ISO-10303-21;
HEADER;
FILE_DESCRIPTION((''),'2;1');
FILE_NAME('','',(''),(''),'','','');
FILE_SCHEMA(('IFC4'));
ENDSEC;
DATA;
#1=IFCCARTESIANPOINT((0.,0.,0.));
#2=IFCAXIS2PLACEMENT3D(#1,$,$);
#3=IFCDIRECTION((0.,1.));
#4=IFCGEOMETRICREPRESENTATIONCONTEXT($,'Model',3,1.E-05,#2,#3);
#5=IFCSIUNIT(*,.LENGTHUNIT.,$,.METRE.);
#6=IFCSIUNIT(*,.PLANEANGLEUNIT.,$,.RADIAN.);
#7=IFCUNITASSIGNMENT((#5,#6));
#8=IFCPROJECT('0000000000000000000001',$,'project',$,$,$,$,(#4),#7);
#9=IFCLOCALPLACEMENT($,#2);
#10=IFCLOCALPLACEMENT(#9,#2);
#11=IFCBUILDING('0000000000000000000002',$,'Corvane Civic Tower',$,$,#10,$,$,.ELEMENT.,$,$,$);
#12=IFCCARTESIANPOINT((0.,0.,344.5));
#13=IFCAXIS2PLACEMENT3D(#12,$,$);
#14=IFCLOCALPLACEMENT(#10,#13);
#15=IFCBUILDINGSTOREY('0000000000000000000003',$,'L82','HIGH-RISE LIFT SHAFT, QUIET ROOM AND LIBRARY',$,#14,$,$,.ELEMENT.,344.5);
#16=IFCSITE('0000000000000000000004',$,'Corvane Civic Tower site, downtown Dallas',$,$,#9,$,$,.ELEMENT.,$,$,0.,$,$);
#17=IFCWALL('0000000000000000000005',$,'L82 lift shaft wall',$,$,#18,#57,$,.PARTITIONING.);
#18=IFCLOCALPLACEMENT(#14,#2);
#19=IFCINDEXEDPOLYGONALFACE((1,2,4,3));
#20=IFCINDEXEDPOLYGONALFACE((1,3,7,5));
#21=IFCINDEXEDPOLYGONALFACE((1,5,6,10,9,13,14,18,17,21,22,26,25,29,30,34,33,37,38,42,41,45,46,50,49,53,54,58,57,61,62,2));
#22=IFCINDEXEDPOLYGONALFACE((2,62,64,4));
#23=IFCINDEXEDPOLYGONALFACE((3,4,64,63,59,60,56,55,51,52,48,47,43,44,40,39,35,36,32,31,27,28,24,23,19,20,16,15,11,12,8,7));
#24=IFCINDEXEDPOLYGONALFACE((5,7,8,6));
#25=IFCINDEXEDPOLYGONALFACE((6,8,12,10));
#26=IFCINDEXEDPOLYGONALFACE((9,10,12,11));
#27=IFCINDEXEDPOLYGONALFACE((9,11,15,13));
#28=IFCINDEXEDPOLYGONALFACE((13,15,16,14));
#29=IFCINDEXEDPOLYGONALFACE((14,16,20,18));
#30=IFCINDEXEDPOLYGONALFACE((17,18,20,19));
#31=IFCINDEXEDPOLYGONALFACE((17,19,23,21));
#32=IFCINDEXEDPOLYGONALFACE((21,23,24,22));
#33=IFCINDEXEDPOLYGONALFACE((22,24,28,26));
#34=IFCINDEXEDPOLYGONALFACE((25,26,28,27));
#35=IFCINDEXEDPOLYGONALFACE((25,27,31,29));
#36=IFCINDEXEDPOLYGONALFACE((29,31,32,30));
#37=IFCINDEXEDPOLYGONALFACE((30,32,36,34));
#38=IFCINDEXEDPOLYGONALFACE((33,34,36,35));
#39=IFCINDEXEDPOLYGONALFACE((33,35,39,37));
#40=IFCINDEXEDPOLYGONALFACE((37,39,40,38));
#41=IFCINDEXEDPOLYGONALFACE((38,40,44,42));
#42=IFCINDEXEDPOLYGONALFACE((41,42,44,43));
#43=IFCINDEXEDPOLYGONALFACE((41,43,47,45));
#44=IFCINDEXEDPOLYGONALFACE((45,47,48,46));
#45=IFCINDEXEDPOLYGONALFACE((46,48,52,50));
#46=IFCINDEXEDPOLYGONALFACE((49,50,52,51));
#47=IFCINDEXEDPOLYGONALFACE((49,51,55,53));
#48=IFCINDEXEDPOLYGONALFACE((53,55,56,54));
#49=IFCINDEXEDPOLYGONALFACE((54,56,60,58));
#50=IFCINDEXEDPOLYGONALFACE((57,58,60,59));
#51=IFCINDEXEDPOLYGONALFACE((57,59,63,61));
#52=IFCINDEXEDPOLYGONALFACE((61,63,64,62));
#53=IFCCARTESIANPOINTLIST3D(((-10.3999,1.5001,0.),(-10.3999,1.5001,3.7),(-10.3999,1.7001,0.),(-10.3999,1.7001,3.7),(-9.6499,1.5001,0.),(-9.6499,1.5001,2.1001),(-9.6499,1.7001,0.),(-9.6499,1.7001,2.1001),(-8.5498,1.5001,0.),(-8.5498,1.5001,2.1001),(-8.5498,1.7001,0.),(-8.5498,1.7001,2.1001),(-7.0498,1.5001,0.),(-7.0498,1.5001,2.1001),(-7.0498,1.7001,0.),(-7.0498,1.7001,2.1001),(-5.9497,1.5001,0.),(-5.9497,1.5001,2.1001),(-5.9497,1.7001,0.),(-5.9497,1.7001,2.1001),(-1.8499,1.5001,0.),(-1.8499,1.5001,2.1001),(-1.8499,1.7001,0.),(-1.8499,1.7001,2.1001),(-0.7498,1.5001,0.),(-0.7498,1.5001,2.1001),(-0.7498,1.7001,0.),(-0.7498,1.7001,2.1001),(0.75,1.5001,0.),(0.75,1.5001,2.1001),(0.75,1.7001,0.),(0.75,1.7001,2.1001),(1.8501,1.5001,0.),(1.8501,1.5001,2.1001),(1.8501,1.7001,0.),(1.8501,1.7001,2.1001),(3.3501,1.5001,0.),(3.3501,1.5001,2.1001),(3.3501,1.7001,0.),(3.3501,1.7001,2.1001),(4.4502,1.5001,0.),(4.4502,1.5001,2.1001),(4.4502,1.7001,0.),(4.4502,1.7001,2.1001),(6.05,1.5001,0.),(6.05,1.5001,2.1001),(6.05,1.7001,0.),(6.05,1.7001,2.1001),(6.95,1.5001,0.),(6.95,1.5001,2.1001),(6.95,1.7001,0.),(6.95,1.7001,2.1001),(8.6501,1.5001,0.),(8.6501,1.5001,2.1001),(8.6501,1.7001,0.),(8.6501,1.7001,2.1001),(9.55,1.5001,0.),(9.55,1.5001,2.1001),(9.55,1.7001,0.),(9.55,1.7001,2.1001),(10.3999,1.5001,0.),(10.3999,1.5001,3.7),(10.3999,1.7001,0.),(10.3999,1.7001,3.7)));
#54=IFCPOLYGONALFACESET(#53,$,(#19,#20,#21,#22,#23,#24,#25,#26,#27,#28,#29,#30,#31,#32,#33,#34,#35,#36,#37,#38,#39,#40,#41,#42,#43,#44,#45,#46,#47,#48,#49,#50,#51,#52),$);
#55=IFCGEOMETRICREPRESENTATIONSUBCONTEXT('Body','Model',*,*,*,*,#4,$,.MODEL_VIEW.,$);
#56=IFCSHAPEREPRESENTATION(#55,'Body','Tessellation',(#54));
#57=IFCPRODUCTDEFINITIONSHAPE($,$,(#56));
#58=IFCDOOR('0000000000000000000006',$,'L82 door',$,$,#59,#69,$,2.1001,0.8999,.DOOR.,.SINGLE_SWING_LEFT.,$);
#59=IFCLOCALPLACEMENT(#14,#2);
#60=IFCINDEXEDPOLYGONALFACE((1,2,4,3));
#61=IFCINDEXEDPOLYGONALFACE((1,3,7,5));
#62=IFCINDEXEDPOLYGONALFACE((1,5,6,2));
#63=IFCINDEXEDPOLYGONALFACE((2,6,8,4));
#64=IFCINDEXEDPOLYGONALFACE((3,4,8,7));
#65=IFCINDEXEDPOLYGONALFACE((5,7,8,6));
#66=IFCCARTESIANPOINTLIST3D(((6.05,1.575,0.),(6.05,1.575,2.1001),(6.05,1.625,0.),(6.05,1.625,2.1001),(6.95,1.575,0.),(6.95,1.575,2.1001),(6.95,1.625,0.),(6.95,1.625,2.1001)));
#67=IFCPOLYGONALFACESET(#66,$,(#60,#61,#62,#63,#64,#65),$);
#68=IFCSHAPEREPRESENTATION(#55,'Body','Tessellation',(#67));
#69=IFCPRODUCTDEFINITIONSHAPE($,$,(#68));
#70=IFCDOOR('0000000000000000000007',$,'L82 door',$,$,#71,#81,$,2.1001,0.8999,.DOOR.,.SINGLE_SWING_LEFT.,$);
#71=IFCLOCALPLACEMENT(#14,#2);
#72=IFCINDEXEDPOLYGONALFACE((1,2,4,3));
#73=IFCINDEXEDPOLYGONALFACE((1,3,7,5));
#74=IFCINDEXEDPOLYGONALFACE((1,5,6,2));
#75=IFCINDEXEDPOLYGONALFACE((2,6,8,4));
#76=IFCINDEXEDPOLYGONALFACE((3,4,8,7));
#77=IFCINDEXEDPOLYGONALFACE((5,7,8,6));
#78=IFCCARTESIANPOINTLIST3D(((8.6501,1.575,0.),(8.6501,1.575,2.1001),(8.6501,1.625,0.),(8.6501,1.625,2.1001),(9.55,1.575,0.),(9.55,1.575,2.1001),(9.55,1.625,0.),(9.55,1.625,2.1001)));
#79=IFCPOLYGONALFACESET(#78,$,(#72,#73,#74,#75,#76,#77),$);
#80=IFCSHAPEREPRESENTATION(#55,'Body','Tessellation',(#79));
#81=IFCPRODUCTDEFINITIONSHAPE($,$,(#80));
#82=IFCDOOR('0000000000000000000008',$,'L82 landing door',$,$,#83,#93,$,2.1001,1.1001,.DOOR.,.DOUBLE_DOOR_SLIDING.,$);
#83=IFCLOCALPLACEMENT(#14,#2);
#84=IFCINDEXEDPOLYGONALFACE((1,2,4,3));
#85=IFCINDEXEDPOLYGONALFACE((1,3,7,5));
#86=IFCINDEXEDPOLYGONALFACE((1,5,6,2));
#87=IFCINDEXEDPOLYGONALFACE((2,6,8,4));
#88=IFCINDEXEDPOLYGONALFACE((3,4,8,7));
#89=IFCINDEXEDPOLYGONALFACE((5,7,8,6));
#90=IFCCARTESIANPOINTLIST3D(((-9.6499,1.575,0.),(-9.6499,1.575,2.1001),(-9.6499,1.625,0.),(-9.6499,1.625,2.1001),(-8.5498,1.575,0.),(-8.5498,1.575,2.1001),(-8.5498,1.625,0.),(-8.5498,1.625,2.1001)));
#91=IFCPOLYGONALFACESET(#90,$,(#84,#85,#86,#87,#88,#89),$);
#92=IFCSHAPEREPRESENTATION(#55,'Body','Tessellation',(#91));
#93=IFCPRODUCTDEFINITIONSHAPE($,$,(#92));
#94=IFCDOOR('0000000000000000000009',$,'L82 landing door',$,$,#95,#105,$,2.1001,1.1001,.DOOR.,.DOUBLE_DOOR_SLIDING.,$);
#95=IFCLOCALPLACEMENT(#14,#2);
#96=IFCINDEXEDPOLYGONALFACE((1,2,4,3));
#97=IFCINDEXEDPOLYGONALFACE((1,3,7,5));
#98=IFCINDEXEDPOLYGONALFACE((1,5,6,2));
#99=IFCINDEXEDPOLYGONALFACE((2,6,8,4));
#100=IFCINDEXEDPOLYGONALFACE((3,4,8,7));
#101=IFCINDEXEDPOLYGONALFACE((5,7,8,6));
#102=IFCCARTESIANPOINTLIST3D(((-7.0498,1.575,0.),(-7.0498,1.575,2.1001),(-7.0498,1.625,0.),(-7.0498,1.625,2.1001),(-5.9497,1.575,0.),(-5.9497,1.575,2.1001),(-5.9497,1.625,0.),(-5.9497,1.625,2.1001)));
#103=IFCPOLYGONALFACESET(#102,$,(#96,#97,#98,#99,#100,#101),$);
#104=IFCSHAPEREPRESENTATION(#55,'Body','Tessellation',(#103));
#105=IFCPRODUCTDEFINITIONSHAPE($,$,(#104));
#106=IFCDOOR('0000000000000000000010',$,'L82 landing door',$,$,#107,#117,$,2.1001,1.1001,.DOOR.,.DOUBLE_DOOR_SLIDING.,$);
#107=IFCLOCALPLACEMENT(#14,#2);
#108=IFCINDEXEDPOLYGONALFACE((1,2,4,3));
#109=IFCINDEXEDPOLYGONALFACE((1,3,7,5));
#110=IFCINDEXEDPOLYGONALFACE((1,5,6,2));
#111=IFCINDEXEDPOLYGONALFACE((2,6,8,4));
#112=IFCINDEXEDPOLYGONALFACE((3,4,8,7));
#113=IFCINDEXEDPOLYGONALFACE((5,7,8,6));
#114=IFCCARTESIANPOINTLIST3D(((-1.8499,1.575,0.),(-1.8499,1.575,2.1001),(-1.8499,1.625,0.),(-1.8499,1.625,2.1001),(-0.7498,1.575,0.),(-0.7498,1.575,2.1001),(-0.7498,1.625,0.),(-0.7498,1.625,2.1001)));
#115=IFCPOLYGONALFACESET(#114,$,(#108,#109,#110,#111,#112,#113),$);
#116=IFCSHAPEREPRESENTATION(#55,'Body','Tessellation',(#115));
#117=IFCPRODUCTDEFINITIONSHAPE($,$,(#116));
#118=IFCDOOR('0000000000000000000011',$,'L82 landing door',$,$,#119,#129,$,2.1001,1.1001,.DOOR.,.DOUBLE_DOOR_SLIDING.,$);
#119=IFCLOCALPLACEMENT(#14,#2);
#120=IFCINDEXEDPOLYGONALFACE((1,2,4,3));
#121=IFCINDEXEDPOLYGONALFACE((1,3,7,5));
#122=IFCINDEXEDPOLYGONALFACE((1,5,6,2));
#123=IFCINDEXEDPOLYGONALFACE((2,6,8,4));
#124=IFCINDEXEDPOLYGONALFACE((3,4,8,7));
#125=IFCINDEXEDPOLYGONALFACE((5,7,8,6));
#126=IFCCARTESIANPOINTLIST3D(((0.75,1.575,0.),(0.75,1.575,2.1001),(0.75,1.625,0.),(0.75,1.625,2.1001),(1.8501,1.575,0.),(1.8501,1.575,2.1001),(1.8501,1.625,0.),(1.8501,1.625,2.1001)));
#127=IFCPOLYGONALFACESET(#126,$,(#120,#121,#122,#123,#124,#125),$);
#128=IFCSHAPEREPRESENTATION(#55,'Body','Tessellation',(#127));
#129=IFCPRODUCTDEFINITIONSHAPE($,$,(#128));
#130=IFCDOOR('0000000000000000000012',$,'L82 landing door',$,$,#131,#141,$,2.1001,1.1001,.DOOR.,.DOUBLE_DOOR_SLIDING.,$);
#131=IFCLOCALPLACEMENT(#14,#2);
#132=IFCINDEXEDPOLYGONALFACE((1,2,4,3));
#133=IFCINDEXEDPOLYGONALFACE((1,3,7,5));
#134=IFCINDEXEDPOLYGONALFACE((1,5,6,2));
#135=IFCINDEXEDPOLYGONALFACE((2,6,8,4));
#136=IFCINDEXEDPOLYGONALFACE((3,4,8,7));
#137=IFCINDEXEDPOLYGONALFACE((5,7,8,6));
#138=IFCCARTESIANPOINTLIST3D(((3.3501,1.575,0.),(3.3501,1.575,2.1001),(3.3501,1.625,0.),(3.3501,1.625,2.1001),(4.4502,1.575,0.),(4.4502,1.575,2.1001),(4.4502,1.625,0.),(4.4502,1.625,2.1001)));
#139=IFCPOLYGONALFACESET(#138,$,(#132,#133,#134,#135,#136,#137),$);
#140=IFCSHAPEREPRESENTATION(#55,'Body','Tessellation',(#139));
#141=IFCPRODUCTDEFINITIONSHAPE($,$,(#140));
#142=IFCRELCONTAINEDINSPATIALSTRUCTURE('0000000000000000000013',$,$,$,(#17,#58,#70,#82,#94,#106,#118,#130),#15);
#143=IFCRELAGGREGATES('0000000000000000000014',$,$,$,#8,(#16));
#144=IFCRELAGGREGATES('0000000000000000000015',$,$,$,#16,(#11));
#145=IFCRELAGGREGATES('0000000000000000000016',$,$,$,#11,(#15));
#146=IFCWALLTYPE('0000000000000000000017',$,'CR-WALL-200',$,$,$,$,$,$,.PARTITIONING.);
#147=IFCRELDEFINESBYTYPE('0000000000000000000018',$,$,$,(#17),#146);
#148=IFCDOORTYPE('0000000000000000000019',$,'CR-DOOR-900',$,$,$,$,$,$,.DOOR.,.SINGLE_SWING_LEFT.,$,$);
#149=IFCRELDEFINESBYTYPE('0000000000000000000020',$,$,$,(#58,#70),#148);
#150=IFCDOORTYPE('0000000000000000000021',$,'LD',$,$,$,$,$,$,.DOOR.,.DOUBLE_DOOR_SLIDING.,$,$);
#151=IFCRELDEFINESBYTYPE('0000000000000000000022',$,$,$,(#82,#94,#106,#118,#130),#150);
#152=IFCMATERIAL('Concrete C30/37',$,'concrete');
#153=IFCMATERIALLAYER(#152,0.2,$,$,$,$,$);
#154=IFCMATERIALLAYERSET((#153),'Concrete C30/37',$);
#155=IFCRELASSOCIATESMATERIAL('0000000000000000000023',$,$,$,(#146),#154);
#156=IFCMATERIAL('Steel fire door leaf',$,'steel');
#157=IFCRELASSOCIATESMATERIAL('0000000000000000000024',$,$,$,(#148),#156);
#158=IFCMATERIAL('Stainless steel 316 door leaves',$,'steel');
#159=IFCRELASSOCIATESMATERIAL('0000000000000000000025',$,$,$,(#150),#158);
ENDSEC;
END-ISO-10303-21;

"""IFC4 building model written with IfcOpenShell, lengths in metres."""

from ifc_helpers import new_model, si_unit, direction, frame, frame_2d, origin, place, context, subcontext, project, spatial, rectangle, extrude, material, layer, layer_set, type_object, element, fill, save


model = new_model("IFC4")

# Units and contexts
model_context = context("Model", 3, precision=1e-05, world=origin(), true_north=direction((0.0, 1.0)))
body_context = subcontext(model_context, "Body", "Model", "MODEL_VIEW")
ifc_project = project(units=[si_unit("LENGTHUNIT", "METRE"), si_unit("PLANEANGLEUNIT", "RADIAN")], contexts=[model_context])

# Site, building, storey
site_placement = place(None, origin())
site = spatial("IfcSite", under=ifc_project, at=site_placement, Name="Corvane Civic Tower site, downtown Dallas", CompositionType="ELEMENT", RefElevation=0.0)
building_placement = place(site_placement, origin())
building = spatial("IfcBuilding", under=site, at=building_placement, Name="Corvane Civic Tower", CompositionType="ELEMENT")
storey_placement = place(building_placement, frame((0.0, 0.0, 344.5)))
storey = spatial("IfcBuildingStorey", under=building, at=storey_placement, Name="L82", Description="HIGH-RISE LIFT SHAFT, QUIET ROOM AND LIBRARY", CompositionType="ELEMENT", Elevation=344.5)

# Wall, openings, doors
ifc_material_1 = material(Name="Concrete C30/37", Category="concrete")
ifc_layer_1 = layer(ifc_material_1, 0.2)
ifc_layer_set_1 = layer_set([ifc_layer_1], Name="Concrete C30/37")
wall_type_1 = type_object("IfcWallType", Name="CR-WALL-200", PredefinedType="PARTITIONING", material=ifc_layer_set_1)
wall_1_placement = place(storey_placement, frame((-10.3999, 1.6001, 0.0), z_axis=(0.0, 0.0, 1.0), x_axis=(1.0, 0.0, 0.0)))
wall_1 = element("IfcWall", 1, at=wall_1_placement, inside=storey, type_object=wall_type_1, Name="L82 lift shaft wall", PredefinedType="PARTITIONING", context=body_context, shape_type="SweptSolid", body=[
    extrude(rectangle(XDim=20.7998, YDim=0.2, at=frame_2d((10.3999, 0.0))), origin(), (0.0, 0.0, 1.0), 3.7),
])
opening_1_placement = place(wall_1_placement, frame((0.75, 0.0, 0.0)))
opening_1 = element("IfcOpeningElement", 2, at=opening_1_placement, cuts=wall_1, PredefinedType="OPENING", context=body_context, shape_type="SweptSolid", body=[
    extrude(rectangle(XDim=1.1001, YDim=2.1001, at=frame_2d((0.55, 1.05))), frame((0.0, 0.1099, 0.0), z_axis=(0.0, -1.0, 0.0), x_axis=(1.0, 0.0, 0.0)), (0.0, 0.0, 1.0), 0.22),
])
opening_2_placement = place(wall_1_placement, frame((3.3501, 0.0, 0.0)))
opening_2 = element("IfcOpeningElement", 3, at=opening_2_placement, cuts=wall_1, PredefinedType="OPENING", context=body_context, shape_type="SweptSolid", body=[
    extrude(rectangle(XDim=1.1001, YDim=2.1001, at=frame_2d((0.55, 1.05))), frame((0.0, 0.1099, 0.0), z_axis=(0.0, -1.0, 0.0), x_axis=(1.0, 0.0, 0.0)), (0.0, 0.0, 1.0), 0.22),
])
opening_3_placement = place(wall_1_placement, frame((8.55, 0.0, 0.0)))
opening_3 = element("IfcOpeningElement", 4, at=opening_3_placement, cuts=wall_1, PredefinedType="OPENING", context=body_context, shape_type="SweptSolid", body=[
    extrude(rectangle(XDim=1.1001, YDim=2.1001, at=frame_2d((0.55, 1.05))), frame((0.0, 0.1099, 0.0), z_axis=(0.0, -1.0, 0.0), x_axis=(1.0, 0.0, 0.0)), (0.0, 0.0, 1.0), 0.22),
])
opening_4_placement = place(wall_1_placement, frame((11.1499, 0.0, 0.0)))
opening_4 = element("IfcOpeningElement", 5, at=opening_4_placement, cuts=wall_1, PredefinedType="OPENING", context=body_context, shape_type="SweptSolid", body=[
    extrude(rectangle(XDim=1.1001, YDim=2.1001, at=frame_2d((0.55, 1.05))), frame((0.0, 0.1099, 0.0), z_axis=(0.0, -1.0, 0.0), x_axis=(1.0, 0.0, 0.0)), (0.0, 0.0, 1.0), 0.22),
])
opening_5_placement = place(wall_1_placement, frame((13.75, 0.0, 0.0)))
opening_5 = element("IfcOpeningElement", 6, at=opening_5_placement, cuts=wall_1, PredefinedType="OPENING", context=body_context, shape_type="SweptSolid", body=[
    extrude(rectangle(XDim=1.1001, YDim=2.1001, at=frame_2d((0.55, 1.05))), frame((0.0, 0.1099, 0.0), z_axis=(0.0, -1.0, 0.0), x_axis=(1.0, 0.0, 0.0)), (0.0, 0.0, 1.0), 0.22),
])
opening_6_placement = place(wall_1_placement, frame((16.45, 0.0, 0.0)))
opening_6 = element("IfcOpeningElement", 7, at=opening_6_placement, cuts=wall_1, PredefinedType="OPENING", context=body_context, shape_type="SweptSolid", body=[
    extrude(rectangle(XDim=0.8999, YDim=2.1001, at=frame_2d((0.45, 1.05))), frame((0.0, 0.1099, 0.0), z_axis=(0.0, -1.0, 0.0), x_axis=(1.0, 0.0, 0.0)), (0.0, 0.0, 1.0), 0.22),
])
opening_7_placement = place(wall_1_placement, frame((19.05, 0.0, 0.0)))
opening_7 = element("IfcOpeningElement", 8, at=opening_7_placement, cuts=wall_1, PredefinedType="OPENING", context=body_context, shape_type="SweptSolid", body=[
    extrude(rectangle(XDim=0.8999, YDim=2.1001, at=frame_2d((0.45, 1.05))), frame((0.0, 0.1099, 0.0), z_axis=(0.0, -1.0, 0.0), x_axis=(1.0, 0.0, 0.0)), (0.0, 0.0, 1.0), 0.22),
])
ifc_material_2 = material(Name="Steel fire door leaf", Category="steel")
door_type_1 = type_object("IfcDoorType", Name="CR-DOOR-900", OperationType="SINGLE_SWING_LEFT", PredefinedType="DOOR", material=ifc_material_2)
door_1_placement = place(opening_6_placement, origin())
door_1 = element("IfcDoor", 9, at=door_1_placement, inside=storey, type_object=door_type_1, Name="L82 door", OperationType="SINGLE_SWING_LEFT", OverallHeight=2.1001, OverallWidth=0.8999, PredefinedType="DOOR", context=body_context, shape_type="SweptSolid", body=[
    extrude(rectangle(XDim=0.8999, YDim=2.1001, at=frame_2d((0.45, 1.05))), frame((0.0, 0.0249, 0.0), z_axis=(0.0, -1.0, 0.0), x_axis=(1.0, 0.0, 0.0)), (0.0, 0.0, 1.0), 0.05),
])
fill(opening_6, door_1)
door_2_placement = place(opening_7_placement, origin())
door_2 = element("IfcDoor", 10, at=door_2_placement, inside=storey, type_object=door_type_1, Name="L82 door", OperationType="SINGLE_SWING_LEFT", OverallHeight=2.1001, OverallWidth=0.8999, PredefinedType="DOOR", context=body_context, shape_type="SweptSolid", body=[
    extrude(rectangle(XDim=0.8999, YDim=2.1001, at=frame_2d((0.45, 1.05))), frame((0.0, 0.0249, 0.0), z_axis=(0.0, -1.0, 0.0), x_axis=(1.0, 0.0, 0.0)), (0.0, 0.0, 1.0), 0.05),
])
fill(opening_7, door_2)
ifc_material_3 = material(Name="Stainless steel 316 door leaves", Category="steel")
door_type_2 = type_object("IfcDoorType", Name="LD", OperationType="DOUBLE_DOOR_SLIDING", PredefinedType="DOOR", material=ifc_material_3)
door_3_placement = place(opening_1_placement, origin())
door_3 = element("IfcDoor", 11, at=door_3_placement, inside=storey, type_object=door_type_2, Name="L82 landing door", OperationType="DOUBLE_DOOR_SLIDING", OverallHeight=2.1001, OverallWidth=1.1001, PredefinedType="DOOR", context=body_context, shape_type="SweptSolid", body=[
    extrude(rectangle(XDim=1.1001, YDim=2.1001, at=frame_2d((0.55, 1.05))), frame((0.0, 0.0249, 0.0), z_axis=(0.0, -1.0, 0.0), x_axis=(1.0, 0.0, 0.0)), (0.0, 0.0, 1.0), 0.05),
])
fill(opening_1, door_3)
door_4_placement = place(opening_2_placement, origin())
door_4 = element("IfcDoor", 12, at=door_4_placement, inside=storey, type_object=door_type_2, Name="L82 landing door", OperationType="DOUBLE_DOOR_SLIDING", OverallHeight=2.1001, OverallWidth=1.1001, PredefinedType="DOOR", context=body_context, shape_type="SweptSolid", body=[
    extrude(rectangle(XDim=1.1001, YDim=2.1001, at=frame_2d((0.55, 1.05))), frame((0.0, 0.0249, 0.0), z_axis=(0.0, -1.0, 0.0), x_axis=(1.0, 0.0, 0.0)), (0.0, 0.0, 1.0), 0.05),
])
fill(opening_2, door_4)
door_5_placement = place(opening_3_placement, origin())
door_5 = element("IfcDoor", 13, at=door_5_placement, inside=storey, type_object=door_type_2, Name="L82 landing door", OperationType="DOUBLE_DOOR_SLIDING", OverallHeight=2.1001, OverallWidth=1.1001, PredefinedType="DOOR", context=body_context, shape_type="SweptSolid", body=[
    extrude(rectangle(XDim=1.1001, YDim=2.1001, at=frame_2d((0.55, 1.05))), frame((0.0, 0.0249, 0.0), z_axis=(0.0, -1.0, 0.0), x_axis=(1.0, 0.0, 0.0)), (0.0, 0.0, 1.0), 0.05),
])
fill(opening_3, door_5)
door_6_placement = place(opening_4_placement, origin())
door_6 = element("IfcDoor", 14, at=door_6_placement, inside=storey, type_object=door_type_2, Name="L82 landing door", OperationType="DOUBLE_DOOR_SLIDING", OverallHeight=2.1001, OverallWidth=1.1001, PredefinedType="DOOR", context=body_context, shape_type="SweptSolid", body=[
    extrude(rectangle(XDim=1.1001, YDim=2.1001, at=frame_2d((0.55, 1.05))), frame((0.0, 0.0249, 0.0), z_axis=(0.0, -1.0, 0.0), x_axis=(1.0, 0.0, 0.0)), (0.0, 0.0, 1.0), 0.05),
])
fill(opening_4, door_6)
door_7_placement = place(opening_5_placement, origin())
door_7 = element("IfcDoor", 15, at=door_7_placement, inside=storey, type_object=door_type_2, Name="L82 landing door", OperationType="DOUBLE_DOOR_SLIDING", OverallHeight=2.1001, OverallWidth=1.1001, PredefinedType="DOOR", context=body_context, shape_type="SweptSolid", body=[
    extrude(rectangle(XDim=1.1001, YDim=2.1001, at=frame_2d((0.55, 1.05))), frame((0.0, 0.0249, 0.0), z_axis=(0.0, -1.0, 0.0), x_axis=(1.0, 0.0, 0.0)), (0.0, 0.0, 1.0), 0.05),
])
fill(opening_5, door_7)

save(model, "model.ifc")
